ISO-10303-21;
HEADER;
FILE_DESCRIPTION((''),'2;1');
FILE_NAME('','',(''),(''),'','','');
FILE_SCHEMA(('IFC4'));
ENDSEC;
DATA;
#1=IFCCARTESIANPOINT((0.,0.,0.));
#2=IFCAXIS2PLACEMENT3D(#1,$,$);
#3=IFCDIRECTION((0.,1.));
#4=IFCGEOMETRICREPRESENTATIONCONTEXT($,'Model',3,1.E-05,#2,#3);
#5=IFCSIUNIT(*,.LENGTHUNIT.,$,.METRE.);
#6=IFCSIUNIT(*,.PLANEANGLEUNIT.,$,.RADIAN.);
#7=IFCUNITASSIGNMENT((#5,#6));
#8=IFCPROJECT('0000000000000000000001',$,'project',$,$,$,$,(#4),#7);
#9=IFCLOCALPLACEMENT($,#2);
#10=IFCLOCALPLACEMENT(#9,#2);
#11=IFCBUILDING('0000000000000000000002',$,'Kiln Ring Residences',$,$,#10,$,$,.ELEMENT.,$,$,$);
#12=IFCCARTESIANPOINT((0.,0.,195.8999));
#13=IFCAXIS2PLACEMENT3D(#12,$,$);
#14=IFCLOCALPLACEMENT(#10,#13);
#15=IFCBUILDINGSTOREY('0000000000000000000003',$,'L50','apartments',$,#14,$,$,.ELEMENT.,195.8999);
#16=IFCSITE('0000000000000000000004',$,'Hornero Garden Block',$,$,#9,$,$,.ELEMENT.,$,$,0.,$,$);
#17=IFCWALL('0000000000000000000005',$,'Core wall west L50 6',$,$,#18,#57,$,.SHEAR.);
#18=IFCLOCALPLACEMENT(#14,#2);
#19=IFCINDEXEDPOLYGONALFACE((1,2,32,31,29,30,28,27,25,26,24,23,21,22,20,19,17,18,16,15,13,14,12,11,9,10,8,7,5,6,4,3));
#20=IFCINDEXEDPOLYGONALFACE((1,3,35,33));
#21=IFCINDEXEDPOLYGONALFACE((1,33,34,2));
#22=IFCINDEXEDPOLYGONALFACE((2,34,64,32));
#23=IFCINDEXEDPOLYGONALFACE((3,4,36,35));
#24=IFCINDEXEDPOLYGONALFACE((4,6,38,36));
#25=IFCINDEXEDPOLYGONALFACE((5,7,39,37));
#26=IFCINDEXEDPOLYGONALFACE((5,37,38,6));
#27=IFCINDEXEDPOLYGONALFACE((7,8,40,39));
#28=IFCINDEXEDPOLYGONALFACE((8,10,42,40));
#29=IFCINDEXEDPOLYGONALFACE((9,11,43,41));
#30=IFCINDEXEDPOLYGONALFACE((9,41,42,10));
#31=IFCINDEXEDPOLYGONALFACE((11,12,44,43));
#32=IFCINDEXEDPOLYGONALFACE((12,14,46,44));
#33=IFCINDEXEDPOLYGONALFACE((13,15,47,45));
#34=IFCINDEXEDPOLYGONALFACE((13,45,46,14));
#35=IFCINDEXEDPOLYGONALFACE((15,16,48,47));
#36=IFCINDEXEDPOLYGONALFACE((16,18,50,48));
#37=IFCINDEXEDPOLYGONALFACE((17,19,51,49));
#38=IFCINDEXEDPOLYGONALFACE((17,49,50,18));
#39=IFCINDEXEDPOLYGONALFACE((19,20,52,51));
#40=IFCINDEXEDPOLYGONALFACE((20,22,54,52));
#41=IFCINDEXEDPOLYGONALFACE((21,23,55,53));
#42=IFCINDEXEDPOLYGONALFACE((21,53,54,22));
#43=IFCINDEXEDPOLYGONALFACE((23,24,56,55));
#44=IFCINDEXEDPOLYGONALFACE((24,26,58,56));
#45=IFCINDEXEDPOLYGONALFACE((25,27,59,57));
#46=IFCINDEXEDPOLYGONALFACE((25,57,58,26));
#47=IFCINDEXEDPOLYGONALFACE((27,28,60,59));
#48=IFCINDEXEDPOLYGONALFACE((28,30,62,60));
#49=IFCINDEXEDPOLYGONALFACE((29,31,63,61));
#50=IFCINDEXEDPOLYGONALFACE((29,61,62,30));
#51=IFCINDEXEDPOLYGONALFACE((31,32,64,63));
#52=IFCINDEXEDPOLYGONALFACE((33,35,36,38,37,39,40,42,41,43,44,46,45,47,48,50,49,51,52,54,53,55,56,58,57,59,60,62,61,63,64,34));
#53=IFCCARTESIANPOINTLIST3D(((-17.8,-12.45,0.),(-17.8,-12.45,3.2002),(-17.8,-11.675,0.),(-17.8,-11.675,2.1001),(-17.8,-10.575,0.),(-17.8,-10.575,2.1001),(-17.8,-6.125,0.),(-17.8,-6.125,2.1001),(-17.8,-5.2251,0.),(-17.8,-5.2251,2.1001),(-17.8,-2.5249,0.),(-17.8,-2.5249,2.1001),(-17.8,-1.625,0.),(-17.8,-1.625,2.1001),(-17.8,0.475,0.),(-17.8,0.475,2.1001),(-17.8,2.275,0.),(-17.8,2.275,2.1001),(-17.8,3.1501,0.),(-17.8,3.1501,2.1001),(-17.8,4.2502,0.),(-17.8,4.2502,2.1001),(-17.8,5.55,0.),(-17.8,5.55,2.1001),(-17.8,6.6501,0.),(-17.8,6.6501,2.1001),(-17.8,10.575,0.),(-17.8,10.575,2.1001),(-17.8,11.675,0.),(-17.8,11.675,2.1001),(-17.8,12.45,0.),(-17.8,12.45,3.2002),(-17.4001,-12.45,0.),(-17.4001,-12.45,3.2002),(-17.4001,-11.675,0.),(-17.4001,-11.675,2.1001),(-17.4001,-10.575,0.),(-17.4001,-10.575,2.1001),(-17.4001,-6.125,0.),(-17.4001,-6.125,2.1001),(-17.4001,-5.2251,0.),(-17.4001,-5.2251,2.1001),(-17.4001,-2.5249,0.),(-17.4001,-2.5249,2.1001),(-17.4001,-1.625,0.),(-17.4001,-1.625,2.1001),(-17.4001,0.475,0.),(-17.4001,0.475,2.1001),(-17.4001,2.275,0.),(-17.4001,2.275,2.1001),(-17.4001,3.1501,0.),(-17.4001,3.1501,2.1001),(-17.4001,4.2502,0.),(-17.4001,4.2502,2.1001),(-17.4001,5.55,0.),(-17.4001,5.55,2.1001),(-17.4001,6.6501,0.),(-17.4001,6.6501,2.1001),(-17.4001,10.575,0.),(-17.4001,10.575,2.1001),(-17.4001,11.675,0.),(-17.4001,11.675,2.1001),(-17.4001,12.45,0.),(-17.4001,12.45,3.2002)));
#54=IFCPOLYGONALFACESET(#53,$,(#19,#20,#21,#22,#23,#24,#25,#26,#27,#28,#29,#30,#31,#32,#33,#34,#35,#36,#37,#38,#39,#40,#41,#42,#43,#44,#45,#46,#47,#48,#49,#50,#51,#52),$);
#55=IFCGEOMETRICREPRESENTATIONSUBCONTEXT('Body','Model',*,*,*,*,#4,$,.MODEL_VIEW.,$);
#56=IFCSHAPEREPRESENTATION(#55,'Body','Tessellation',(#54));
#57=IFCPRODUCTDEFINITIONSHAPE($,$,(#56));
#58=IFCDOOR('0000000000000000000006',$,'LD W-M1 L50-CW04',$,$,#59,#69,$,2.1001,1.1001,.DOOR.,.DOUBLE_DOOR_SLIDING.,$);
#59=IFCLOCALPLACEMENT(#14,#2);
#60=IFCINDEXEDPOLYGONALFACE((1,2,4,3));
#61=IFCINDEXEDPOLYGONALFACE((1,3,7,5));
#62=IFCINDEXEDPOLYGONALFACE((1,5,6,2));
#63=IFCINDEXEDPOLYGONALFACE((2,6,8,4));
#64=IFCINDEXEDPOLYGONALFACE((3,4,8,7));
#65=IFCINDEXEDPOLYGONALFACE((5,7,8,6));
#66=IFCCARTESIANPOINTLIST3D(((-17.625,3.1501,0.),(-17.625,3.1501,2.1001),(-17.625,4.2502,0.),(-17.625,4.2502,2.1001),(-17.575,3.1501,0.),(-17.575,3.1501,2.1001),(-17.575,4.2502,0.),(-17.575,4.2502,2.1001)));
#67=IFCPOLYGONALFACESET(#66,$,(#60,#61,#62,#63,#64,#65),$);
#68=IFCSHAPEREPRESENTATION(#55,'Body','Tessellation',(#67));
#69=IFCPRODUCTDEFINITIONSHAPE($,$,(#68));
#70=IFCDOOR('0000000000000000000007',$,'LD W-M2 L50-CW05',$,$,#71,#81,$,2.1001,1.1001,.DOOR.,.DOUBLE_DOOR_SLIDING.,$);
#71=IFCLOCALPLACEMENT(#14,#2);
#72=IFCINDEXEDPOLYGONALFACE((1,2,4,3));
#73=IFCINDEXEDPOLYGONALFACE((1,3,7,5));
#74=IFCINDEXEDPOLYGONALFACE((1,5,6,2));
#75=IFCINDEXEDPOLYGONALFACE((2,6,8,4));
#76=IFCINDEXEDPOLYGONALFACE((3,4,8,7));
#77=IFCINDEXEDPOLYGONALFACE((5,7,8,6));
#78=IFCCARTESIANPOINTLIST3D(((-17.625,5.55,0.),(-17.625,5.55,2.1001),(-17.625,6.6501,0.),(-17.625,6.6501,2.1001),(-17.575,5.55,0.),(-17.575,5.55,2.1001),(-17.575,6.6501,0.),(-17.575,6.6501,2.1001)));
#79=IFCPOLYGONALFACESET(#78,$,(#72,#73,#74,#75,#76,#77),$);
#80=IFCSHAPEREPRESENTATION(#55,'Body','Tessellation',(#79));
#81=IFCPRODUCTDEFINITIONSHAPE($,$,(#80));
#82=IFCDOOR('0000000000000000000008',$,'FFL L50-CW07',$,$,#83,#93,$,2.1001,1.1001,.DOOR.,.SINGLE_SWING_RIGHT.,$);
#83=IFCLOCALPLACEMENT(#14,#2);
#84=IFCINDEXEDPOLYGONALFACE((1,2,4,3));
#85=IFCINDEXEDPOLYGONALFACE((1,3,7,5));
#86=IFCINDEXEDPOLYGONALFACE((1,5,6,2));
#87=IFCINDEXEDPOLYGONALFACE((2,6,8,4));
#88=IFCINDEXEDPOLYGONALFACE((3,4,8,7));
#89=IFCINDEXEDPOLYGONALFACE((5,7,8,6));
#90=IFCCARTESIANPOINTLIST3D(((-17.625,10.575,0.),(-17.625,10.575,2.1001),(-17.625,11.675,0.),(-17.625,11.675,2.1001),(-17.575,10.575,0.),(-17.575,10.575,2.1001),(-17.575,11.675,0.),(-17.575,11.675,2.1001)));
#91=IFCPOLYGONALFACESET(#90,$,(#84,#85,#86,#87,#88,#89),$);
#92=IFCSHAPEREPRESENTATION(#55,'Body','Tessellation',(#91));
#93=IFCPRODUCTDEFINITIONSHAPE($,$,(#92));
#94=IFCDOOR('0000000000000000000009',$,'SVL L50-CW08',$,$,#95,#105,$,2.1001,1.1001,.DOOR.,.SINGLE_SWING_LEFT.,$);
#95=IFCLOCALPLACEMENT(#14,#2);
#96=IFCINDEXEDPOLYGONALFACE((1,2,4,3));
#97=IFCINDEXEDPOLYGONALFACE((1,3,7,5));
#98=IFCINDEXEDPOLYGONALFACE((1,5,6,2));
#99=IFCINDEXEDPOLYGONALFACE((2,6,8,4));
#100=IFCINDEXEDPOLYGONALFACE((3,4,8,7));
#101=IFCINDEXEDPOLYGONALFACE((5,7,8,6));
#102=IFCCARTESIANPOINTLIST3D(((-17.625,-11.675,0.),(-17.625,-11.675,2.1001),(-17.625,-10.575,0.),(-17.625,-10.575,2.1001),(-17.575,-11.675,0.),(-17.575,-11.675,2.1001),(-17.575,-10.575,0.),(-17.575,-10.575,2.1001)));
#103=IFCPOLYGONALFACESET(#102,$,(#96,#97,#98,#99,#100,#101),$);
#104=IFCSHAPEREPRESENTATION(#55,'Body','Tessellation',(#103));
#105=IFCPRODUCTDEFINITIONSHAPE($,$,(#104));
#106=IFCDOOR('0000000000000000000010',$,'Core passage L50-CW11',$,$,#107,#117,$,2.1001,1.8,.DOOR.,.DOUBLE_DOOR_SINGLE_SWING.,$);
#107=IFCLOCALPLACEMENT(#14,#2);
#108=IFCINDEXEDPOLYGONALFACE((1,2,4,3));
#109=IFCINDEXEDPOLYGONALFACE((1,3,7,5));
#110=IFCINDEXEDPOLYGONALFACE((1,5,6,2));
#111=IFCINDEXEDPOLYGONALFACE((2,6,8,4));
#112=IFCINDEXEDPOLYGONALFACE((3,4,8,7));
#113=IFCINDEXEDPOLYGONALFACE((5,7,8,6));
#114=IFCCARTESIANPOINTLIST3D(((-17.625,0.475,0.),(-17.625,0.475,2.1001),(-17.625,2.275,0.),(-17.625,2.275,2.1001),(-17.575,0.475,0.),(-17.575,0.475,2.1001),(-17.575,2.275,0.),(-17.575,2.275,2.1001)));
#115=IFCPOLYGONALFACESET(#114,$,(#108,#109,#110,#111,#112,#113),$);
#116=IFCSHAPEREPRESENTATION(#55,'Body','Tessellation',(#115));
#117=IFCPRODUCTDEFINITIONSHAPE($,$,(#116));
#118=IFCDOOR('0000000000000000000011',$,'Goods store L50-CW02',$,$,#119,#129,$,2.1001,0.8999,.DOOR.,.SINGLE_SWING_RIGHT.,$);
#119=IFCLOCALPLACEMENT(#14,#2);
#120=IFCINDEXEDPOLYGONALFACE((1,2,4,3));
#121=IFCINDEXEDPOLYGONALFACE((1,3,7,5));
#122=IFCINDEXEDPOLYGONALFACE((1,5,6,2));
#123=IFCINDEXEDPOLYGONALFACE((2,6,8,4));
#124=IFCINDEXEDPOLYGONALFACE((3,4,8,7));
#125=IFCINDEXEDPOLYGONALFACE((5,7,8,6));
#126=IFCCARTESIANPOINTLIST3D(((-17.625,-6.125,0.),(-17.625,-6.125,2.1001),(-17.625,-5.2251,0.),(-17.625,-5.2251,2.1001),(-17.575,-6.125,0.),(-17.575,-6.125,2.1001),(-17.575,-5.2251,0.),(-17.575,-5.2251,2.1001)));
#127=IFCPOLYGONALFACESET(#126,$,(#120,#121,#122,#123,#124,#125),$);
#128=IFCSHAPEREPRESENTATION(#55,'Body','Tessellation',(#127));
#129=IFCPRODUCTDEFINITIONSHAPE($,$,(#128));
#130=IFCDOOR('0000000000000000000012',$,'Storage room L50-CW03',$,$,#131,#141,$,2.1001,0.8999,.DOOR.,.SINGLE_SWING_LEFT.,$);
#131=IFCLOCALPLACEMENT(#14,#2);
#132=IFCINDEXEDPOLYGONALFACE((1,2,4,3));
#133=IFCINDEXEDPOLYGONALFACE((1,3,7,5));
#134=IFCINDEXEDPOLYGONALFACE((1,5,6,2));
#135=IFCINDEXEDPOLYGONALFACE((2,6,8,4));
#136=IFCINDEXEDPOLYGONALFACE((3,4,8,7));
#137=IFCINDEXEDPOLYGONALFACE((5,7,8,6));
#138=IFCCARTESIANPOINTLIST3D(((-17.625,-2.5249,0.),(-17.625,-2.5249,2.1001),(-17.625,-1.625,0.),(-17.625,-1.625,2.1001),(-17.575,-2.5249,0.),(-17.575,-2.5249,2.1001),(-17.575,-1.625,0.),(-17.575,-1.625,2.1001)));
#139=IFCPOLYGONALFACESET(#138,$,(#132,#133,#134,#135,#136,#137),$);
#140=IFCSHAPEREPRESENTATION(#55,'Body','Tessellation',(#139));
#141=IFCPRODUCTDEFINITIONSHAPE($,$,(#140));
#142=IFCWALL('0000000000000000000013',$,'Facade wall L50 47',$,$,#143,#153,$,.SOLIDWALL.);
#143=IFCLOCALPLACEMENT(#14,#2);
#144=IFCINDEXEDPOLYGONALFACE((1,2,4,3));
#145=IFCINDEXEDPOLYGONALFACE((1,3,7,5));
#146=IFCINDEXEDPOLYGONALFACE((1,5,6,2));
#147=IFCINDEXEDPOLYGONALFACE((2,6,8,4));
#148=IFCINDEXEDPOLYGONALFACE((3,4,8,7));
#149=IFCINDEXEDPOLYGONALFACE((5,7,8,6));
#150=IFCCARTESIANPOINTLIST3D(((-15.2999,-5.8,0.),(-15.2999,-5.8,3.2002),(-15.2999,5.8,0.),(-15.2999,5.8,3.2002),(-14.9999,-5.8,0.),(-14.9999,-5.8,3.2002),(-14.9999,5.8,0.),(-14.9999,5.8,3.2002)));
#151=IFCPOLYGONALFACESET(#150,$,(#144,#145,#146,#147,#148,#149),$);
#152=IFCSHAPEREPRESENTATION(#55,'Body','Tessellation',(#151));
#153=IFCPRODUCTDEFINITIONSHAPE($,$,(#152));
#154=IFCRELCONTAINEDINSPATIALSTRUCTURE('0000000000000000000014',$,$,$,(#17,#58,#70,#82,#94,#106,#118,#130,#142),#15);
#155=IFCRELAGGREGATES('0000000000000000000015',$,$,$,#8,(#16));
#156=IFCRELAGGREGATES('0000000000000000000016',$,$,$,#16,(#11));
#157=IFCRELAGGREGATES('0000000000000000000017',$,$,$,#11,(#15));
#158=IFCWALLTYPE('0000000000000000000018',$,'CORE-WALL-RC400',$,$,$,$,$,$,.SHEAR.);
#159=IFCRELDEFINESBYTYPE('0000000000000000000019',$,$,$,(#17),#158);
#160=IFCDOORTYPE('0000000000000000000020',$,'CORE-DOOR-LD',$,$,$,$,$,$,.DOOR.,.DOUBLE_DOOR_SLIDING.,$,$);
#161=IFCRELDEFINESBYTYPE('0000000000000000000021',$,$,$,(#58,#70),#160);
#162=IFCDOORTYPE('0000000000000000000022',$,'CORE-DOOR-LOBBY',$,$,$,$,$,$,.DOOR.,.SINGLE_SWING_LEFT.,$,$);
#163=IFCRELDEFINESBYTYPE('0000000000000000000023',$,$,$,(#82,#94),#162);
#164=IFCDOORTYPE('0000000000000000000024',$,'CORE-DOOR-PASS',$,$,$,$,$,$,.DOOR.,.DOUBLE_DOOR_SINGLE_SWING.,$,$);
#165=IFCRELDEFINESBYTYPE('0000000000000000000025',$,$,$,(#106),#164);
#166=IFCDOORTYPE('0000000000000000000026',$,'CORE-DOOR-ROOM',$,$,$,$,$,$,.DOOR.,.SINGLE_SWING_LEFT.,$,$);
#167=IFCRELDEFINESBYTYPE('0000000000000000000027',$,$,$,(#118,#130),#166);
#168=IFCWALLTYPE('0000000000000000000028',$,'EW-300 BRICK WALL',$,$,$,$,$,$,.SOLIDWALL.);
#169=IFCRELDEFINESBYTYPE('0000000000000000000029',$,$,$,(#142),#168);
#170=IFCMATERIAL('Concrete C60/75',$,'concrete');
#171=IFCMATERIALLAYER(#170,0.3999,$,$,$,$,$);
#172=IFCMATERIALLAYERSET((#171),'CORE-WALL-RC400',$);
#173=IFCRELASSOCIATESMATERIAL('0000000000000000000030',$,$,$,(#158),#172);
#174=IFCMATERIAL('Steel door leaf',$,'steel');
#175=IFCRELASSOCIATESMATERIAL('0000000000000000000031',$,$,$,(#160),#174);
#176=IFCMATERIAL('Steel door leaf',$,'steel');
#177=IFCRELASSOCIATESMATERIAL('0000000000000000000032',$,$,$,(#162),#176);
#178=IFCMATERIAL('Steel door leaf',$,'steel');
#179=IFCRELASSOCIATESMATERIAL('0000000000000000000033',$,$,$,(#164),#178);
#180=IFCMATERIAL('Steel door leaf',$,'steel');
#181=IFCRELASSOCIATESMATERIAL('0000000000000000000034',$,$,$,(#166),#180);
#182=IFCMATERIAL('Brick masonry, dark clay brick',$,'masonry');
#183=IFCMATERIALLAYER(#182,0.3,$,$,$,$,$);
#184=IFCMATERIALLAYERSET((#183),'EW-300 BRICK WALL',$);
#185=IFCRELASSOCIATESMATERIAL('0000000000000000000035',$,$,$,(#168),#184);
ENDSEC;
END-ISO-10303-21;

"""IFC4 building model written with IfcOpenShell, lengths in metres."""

from ifc_helpers import new_model, si_unit, direction, frame, frame_2d, origin, place, context, subcontext, project, spatial, rectangle, extrude, material, layer, layer_set, type_object, element, fill, save


model = new_model("IFC4")

# Units and contexts
model_context = context("Model", 3, precision=1e-05, world=origin(), true_north=direction((0.0, 1.0)))
body_context = subcontext(model_context, "Body", "Model", "MODEL_VIEW")
ifc_project = project(units=[si_unit("LENGTHUNIT", "METRE"), si_unit("PLANEANGLEUNIT", "RADIAN")], contexts=[model_context])

# Site, building, storey
site_placement = place(None, origin())
site = spatial("IfcSite", under=ifc_project, at=site_placement, Name="Hornero Garden Block", CompositionType="ELEMENT", RefElevation=0.0)
building_placement = place(site_placement, origin())
building = spatial("IfcBuilding", under=site, at=building_placement, Name="Kiln Ring Residences", CompositionType="ELEMENT")
storey_placement = place(building_placement, frame((0.0, 0.0, 195.8999)))
storey = spatial("IfcBuildingStorey", under=building, at=storey_placement, Name="L50", Description="apartments", CompositionType="ELEMENT", Elevation=195.8999)

# Wall, openings, doors
ifc_material_1 = material(Name="Concrete C60/75", Category="concrete")
ifc_layer_1 = layer(ifc_material_1, 0.3999)
ifc_layer_set_1 = layer_set([ifc_layer_1], Name="CORE-WALL-RC400")
wall_type_1 = type_object("IfcWallType", Name="CORE-WALL-RC400", PredefinedType="SHEAR", material=ifc_layer_set_1)
wall_1_placement = place(storey_placement, frame((-17.6001, -12.45, 0.0), z_axis=(0.0, 0.0, 1.0), x_axis=(0.0, 1.0, 0.0)))
wall_1 = element("IfcWall", 1, at=wall_1_placement, inside=storey, type_object=wall_type_1, Name="Core wall west L50 6", PredefinedType="SHEAR", context=body_context, shape_type="SweptSolid", body=[
    extrude(rectangle(XDim=24.8999, YDim=0.3999, at=frame_2d((12.45, 0.0))), origin(), (0.0, 0.0, 1.0), 3.2002),
])
opening_1_placement = place(wall_1_placement, frame((6.325, 0.0, 0.0)))
opening_1 = element("IfcOpeningElement", 2, at=opening_1_placement, cuts=wall_1, PredefinedType="OPENING", context=body_context, shape_type="SweptSolid", body=[
    extrude(rectangle(XDim=0.8999, YDim=2.1001, at=frame_2d((0.45, 1.05))), frame((0.0, 0.21, 0.0), z_axis=(0.0, -1.0, 0.0), x_axis=(1.0, 0.0, 0.0)), (0.0, 0.0, 1.0), 0.4199),
])
opening_2_placement = place(wall_1_placement, frame((9.925, 0.0, 0.0)))
opening_2 = element("IfcOpeningElement", 3, at=opening_2_placement, cuts=wall_1, PredefinedType="OPENING", context=body_context, shape_type="SweptSolid", body=[
    extrude(rectangle(XDim=0.8999, YDim=2.1001, at=frame_2d((0.45, 1.05))), frame((0.0, 0.21, 0.0), z_axis=(0.0, -1.0, 0.0), x_axis=(1.0, 0.0, 0.0)), (0.0, 0.0, 1.0), 0.4199),
])
opening_3_placement = place(wall_1_placement, frame((15.6001, 0.0, 0.0)))
opening_3 = element("IfcOpeningElement", 4, at=opening_3_placement, cuts=wall_1, PredefinedType="OPENING", context=body_context, shape_type="SweptSolid", body=[
    extrude(rectangle(XDim=1.1001, YDim=2.1001, at=frame_2d((0.55, 1.05))), frame((0.0, 0.21, 0.0), z_axis=(0.0, -1.0, 0.0), x_axis=(1.0, 0.0, 0.0)), (0.0, 0.0, 1.0), 0.4199),
])
opening_4_placement = place(wall_1_placement, frame((18.0, 0.0, 0.0)))
opening_4 = element("IfcOpeningElement", 5, at=opening_4_placement, cuts=wall_1, PredefinedType="OPENING", context=body_context, shape_type="SweptSolid", body=[
    extrude(rectangle(XDim=1.1001, YDim=2.1001, at=frame_2d((0.55, 1.05))), frame((0.0, 0.21, 0.0), z_axis=(0.0, -1.0, 0.0), x_axis=(1.0, 0.0, 0.0)), (0.0, 0.0, 1.0), 0.4199),
])
opening_5_placement = place(wall_1_placement, frame((23.0249, 0.0, 0.0)))
opening_5 = element("IfcOpeningElement", 6, at=opening_5_placement, cuts=wall_1, PredefinedType="OPENING", context=body_context, shape_type="SweptSolid", body=[
    extrude(rectangle(XDim=1.1001, YDim=2.1001, at=frame_2d((0.55, 1.05))), frame((0.0, 0.21, 0.0), z_axis=(0.0, -1.0, 0.0), x_axis=(1.0, 0.0, 0.0)), (0.0, 0.0, 1.0), 0.4199),
])
opening_6_placement = place(wall_1_placement, frame((0.7749, 0.0, 0.0)))
opening_6 = element("IfcOpeningElement", 7, at=opening_6_placement, cuts=wall_1, PredefinedType="OPENING", context=body_context, shape_type="SweptSolid", body=[
    extrude(rectangle(XDim=1.1001, YDim=2.1001, at=frame_2d((0.55, 1.05))), frame((0.0, 0.21, 0.0), z_axis=(0.0, -1.0, 0.0), x_axis=(1.0, 0.0, 0.0)), (0.0, 0.0, 1.0), 0.4199),
])
opening_7_placement = place(wall_1_placement, frame((12.925, 0.0, 0.0)))
opening_7 = element("IfcOpeningElement", 8, at=opening_7_placement, cuts=wall_1, PredefinedType="OPENING", context=body_context, shape_type="SweptSolid", body=[
    extrude(rectangle(XDim=1.8, YDim=2.1001, at=frame_2d((0.8999, 1.05))), frame((0.0, 0.21, 0.0), z_axis=(0.0, -1.0, 0.0), x_axis=(1.0, 0.0, 0.0)), (0.0, 0.0, 1.0), 0.4199),
])
ifc_material_2 = material(Name="Steel door leaf", Category="steel")
door_type_1 = type_object("IfcDoorType", Name="CORE-DOOR-LD", OperationType="DOUBLE_DOOR_SLIDING", PredefinedType="DOOR", material=ifc_material_2)
door_1_placement = place(opening_3_placement, origin())
door_1 = element("IfcDoor", 9, at=door_1_placement, inside=storey, type_object=door_type_1, Name="LD W-M1 L50-CW04", OperationType="DOUBLE_DOOR_SLIDING", OverallHeight=2.1001, OverallWidth=1.1001, PredefinedType="DOOR", context=body_context, shape_type="SweptSolid", body=[
    extrude(rectangle(XDim=1.1001, YDim=2.1001, at=frame_2d((0.55, 1.05))), frame((0.0, 0.0249, 0.0), z_axis=(0.0, -1.0, 0.0), x_axis=(1.0, 0.0, 0.0)), (0.0, 0.0, 1.0), 0.05),
])
fill(opening_3, door_1)
door_2_placement = place(opening_4_placement, origin())
door_2 = element("IfcDoor", 10, at=door_2_placement, inside=storey, type_object=door_type_1, Name="LD W-M2 L50-CW05", OperationType="DOUBLE_DOOR_SLIDING", OverallHeight=2.1001, OverallWidth=1.1001, PredefinedType="DOOR", context=body_context, shape_type="SweptSolid", body=[
    extrude(rectangle(XDim=1.1001, YDim=2.1001, at=frame_2d((0.55, 1.05))), frame((0.0, 0.0249, 0.0), z_axis=(0.0, -1.0, 0.0), x_axis=(1.0, 0.0, 0.0)), (0.0, 0.0, 1.0), 0.05),
])
fill(opening_4, door_2)
ifc_material_3 = material(Name="Steel door leaf", Category="steel")
door_type_2 = type_object("IfcDoorType", Name="CORE-DOOR-LOBBY", OperationType="SINGLE_SWING_LEFT", PredefinedType="DOOR", material=ifc_material_3)
door_3_placement = place(opening_5_placement, origin())
door_3 = element("IfcDoor", 11, at=door_3_placement, inside=storey, type_object=door_type_2, Name="FFL L50-CW07", OperationType="SINGLE_SWING_RIGHT", OverallHeight=2.1001, OverallWidth=1.1001, PredefinedType="DOOR", context=body_context, shape_type="SweptSolid", body=[
    extrude(rectangle(XDim=1.1001, YDim=2.1001, at=frame_2d((0.55, 1.05))), frame((0.0, 0.0249, 0.0), z_axis=(0.0, -1.0, 0.0), x_axis=(1.0, 0.0, 0.0)), (0.0, 0.0, 1.0), 0.05),
])
fill(opening_5, door_3)
door_4_placement = place(opening_6_placement, origin())
door_4 = element("IfcDoor", 12, at=door_4_placement, inside=storey, type_object=door_type_2, Name="SVL L50-CW08", OperationType="SINGLE_SWING_LEFT", OverallHeight=2.1001, OverallWidth=1.1001, PredefinedType="DOOR", context=body_context, shape_type="SweptSolid", body=[
    extrude(rectangle(XDim=1.1001, YDim=2.1001, at=frame_2d((0.55, 1.05))), frame((0.0, 0.0249, 0.0), z_axis=(0.0, -1.0, 0.0), x_axis=(1.0, 0.0, 0.0)), (0.0, 0.0, 1.0), 0.05),
])
fill(opening_6, door_4)
ifc_material_4 = material(Name="Steel door leaf", Category="steel")
door_type_3 = type_object("IfcDoorType", Name="CORE-DOOR-PASS", OperationType="DOUBLE_DOOR_SINGLE_SWING", PredefinedType="DOOR", material=ifc_material_4)
door_5_placement = place(opening_7_placement, origin())
door_5 = element("IfcDoor", 13, at=door_5_placement, inside=storey, type_object=door_type_3, Name="Core passage L50-CW11", OperationType="DOUBLE_DOOR_SINGLE_SWING", OverallHeight=2.1001, OverallWidth=1.8, PredefinedType="DOOR", context=body_context, shape_type="SweptSolid", body=[
    extrude(rectangle(XDim=1.8, YDim=2.1001, at=frame_2d((0.8999, 1.05))), frame((0.0, 0.0249, 0.0), z_axis=(0.0, -1.0, 0.0), x_axis=(1.0, 0.0, 0.0)), (0.0, 0.0, 1.0), 0.05),
])
fill(opening_7, door_5)
ifc_material_5 = material(Name="Steel door leaf", Category="steel")
door_type_4 = type_object("IfcDoorType", Name="CORE-DOOR-ROOM", OperationType="SINGLE_SWING_LEFT", PredefinedType="DOOR", material=ifc_material_5)
door_6_placement = place(opening_1_placement, origin())
door_6 = element("IfcDoor", 14, at=door_6_placement, inside=storey, type_object=door_type_4, Name="Goods store L50-CW02", OperationType="SINGLE_SWING_RIGHT", OverallHeight=2.1001, OverallWidth=0.8999, PredefinedType="DOOR", context=body_context, shape_type="SweptSolid", body=[
    extrude(rectangle(XDim=0.8999, YDim=2.1001, at=frame_2d((0.45, 1.05))), frame((0.0, 0.0249, 0.0), z_axis=(0.0, -1.0, 0.0), x_axis=(1.0, 0.0, 0.0)), (0.0, 0.0, 1.0), 0.05),
])
fill(opening_1, door_6)
door_7_placement = place(opening_2_placement, origin())
door_7 = element("IfcDoor", 15, at=door_7_placement, inside=storey, type_object=door_type_4, Name="Storage room L50-CW03", OperationType="SINGLE_SWING_LEFT", OverallHeight=2.1001, OverallWidth=0.8999, PredefinedType="DOOR", context=body_context, shape_type="SweptSolid", body=[
    extrude(rectangle(XDim=0.8999, YDim=2.1001, at=frame_2d((0.45, 1.05))), frame((0.0, 0.0249, 0.0), z_axis=(0.0, -1.0, 0.0), x_axis=(1.0, 0.0, 0.0)), (0.0, 0.0, 1.0), 0.05),
])
fill(opening_2, door_7)

# Wall
ifc_material_6 = material(Name="Brick masonry, dark clay brick", Category="masonry")
ifc_layer_2 = layer(ifc_material_6, 0.3)
ifc_layer_set_2 = layer_set([ifc_layer_2], Name="EW-300 BRICK WALL")
wall_type_2 = type_object("IfcWallType", Name="EW-300 BRICK WALL", PredefinedType="SOLIDWALL", material=ifc_layer_set_2)
wall_2_placement = place(storey_placement, frame((-15.1499, -5.8, 0.0), z_axis=(0.0, 0.0, 1.0), x_axis=(0.0, 1.0, 0.0)))
element("IfcWall", 16, at=wall_2_placement, inside=storey, type_object=wall_type_2, Name="Facade wall L50 47", PredefinedType="SOLIDWALL", context=body_context, shape_type="SweptSolid", body=[
    extrude(rectangle(XDim=11.6001, YDim=0.3, at=frame_2d((5.8, 0.0))), origin(), (0.0, 0.0, 1.0), 3.2002),
])

save(model, "model.ifc")
